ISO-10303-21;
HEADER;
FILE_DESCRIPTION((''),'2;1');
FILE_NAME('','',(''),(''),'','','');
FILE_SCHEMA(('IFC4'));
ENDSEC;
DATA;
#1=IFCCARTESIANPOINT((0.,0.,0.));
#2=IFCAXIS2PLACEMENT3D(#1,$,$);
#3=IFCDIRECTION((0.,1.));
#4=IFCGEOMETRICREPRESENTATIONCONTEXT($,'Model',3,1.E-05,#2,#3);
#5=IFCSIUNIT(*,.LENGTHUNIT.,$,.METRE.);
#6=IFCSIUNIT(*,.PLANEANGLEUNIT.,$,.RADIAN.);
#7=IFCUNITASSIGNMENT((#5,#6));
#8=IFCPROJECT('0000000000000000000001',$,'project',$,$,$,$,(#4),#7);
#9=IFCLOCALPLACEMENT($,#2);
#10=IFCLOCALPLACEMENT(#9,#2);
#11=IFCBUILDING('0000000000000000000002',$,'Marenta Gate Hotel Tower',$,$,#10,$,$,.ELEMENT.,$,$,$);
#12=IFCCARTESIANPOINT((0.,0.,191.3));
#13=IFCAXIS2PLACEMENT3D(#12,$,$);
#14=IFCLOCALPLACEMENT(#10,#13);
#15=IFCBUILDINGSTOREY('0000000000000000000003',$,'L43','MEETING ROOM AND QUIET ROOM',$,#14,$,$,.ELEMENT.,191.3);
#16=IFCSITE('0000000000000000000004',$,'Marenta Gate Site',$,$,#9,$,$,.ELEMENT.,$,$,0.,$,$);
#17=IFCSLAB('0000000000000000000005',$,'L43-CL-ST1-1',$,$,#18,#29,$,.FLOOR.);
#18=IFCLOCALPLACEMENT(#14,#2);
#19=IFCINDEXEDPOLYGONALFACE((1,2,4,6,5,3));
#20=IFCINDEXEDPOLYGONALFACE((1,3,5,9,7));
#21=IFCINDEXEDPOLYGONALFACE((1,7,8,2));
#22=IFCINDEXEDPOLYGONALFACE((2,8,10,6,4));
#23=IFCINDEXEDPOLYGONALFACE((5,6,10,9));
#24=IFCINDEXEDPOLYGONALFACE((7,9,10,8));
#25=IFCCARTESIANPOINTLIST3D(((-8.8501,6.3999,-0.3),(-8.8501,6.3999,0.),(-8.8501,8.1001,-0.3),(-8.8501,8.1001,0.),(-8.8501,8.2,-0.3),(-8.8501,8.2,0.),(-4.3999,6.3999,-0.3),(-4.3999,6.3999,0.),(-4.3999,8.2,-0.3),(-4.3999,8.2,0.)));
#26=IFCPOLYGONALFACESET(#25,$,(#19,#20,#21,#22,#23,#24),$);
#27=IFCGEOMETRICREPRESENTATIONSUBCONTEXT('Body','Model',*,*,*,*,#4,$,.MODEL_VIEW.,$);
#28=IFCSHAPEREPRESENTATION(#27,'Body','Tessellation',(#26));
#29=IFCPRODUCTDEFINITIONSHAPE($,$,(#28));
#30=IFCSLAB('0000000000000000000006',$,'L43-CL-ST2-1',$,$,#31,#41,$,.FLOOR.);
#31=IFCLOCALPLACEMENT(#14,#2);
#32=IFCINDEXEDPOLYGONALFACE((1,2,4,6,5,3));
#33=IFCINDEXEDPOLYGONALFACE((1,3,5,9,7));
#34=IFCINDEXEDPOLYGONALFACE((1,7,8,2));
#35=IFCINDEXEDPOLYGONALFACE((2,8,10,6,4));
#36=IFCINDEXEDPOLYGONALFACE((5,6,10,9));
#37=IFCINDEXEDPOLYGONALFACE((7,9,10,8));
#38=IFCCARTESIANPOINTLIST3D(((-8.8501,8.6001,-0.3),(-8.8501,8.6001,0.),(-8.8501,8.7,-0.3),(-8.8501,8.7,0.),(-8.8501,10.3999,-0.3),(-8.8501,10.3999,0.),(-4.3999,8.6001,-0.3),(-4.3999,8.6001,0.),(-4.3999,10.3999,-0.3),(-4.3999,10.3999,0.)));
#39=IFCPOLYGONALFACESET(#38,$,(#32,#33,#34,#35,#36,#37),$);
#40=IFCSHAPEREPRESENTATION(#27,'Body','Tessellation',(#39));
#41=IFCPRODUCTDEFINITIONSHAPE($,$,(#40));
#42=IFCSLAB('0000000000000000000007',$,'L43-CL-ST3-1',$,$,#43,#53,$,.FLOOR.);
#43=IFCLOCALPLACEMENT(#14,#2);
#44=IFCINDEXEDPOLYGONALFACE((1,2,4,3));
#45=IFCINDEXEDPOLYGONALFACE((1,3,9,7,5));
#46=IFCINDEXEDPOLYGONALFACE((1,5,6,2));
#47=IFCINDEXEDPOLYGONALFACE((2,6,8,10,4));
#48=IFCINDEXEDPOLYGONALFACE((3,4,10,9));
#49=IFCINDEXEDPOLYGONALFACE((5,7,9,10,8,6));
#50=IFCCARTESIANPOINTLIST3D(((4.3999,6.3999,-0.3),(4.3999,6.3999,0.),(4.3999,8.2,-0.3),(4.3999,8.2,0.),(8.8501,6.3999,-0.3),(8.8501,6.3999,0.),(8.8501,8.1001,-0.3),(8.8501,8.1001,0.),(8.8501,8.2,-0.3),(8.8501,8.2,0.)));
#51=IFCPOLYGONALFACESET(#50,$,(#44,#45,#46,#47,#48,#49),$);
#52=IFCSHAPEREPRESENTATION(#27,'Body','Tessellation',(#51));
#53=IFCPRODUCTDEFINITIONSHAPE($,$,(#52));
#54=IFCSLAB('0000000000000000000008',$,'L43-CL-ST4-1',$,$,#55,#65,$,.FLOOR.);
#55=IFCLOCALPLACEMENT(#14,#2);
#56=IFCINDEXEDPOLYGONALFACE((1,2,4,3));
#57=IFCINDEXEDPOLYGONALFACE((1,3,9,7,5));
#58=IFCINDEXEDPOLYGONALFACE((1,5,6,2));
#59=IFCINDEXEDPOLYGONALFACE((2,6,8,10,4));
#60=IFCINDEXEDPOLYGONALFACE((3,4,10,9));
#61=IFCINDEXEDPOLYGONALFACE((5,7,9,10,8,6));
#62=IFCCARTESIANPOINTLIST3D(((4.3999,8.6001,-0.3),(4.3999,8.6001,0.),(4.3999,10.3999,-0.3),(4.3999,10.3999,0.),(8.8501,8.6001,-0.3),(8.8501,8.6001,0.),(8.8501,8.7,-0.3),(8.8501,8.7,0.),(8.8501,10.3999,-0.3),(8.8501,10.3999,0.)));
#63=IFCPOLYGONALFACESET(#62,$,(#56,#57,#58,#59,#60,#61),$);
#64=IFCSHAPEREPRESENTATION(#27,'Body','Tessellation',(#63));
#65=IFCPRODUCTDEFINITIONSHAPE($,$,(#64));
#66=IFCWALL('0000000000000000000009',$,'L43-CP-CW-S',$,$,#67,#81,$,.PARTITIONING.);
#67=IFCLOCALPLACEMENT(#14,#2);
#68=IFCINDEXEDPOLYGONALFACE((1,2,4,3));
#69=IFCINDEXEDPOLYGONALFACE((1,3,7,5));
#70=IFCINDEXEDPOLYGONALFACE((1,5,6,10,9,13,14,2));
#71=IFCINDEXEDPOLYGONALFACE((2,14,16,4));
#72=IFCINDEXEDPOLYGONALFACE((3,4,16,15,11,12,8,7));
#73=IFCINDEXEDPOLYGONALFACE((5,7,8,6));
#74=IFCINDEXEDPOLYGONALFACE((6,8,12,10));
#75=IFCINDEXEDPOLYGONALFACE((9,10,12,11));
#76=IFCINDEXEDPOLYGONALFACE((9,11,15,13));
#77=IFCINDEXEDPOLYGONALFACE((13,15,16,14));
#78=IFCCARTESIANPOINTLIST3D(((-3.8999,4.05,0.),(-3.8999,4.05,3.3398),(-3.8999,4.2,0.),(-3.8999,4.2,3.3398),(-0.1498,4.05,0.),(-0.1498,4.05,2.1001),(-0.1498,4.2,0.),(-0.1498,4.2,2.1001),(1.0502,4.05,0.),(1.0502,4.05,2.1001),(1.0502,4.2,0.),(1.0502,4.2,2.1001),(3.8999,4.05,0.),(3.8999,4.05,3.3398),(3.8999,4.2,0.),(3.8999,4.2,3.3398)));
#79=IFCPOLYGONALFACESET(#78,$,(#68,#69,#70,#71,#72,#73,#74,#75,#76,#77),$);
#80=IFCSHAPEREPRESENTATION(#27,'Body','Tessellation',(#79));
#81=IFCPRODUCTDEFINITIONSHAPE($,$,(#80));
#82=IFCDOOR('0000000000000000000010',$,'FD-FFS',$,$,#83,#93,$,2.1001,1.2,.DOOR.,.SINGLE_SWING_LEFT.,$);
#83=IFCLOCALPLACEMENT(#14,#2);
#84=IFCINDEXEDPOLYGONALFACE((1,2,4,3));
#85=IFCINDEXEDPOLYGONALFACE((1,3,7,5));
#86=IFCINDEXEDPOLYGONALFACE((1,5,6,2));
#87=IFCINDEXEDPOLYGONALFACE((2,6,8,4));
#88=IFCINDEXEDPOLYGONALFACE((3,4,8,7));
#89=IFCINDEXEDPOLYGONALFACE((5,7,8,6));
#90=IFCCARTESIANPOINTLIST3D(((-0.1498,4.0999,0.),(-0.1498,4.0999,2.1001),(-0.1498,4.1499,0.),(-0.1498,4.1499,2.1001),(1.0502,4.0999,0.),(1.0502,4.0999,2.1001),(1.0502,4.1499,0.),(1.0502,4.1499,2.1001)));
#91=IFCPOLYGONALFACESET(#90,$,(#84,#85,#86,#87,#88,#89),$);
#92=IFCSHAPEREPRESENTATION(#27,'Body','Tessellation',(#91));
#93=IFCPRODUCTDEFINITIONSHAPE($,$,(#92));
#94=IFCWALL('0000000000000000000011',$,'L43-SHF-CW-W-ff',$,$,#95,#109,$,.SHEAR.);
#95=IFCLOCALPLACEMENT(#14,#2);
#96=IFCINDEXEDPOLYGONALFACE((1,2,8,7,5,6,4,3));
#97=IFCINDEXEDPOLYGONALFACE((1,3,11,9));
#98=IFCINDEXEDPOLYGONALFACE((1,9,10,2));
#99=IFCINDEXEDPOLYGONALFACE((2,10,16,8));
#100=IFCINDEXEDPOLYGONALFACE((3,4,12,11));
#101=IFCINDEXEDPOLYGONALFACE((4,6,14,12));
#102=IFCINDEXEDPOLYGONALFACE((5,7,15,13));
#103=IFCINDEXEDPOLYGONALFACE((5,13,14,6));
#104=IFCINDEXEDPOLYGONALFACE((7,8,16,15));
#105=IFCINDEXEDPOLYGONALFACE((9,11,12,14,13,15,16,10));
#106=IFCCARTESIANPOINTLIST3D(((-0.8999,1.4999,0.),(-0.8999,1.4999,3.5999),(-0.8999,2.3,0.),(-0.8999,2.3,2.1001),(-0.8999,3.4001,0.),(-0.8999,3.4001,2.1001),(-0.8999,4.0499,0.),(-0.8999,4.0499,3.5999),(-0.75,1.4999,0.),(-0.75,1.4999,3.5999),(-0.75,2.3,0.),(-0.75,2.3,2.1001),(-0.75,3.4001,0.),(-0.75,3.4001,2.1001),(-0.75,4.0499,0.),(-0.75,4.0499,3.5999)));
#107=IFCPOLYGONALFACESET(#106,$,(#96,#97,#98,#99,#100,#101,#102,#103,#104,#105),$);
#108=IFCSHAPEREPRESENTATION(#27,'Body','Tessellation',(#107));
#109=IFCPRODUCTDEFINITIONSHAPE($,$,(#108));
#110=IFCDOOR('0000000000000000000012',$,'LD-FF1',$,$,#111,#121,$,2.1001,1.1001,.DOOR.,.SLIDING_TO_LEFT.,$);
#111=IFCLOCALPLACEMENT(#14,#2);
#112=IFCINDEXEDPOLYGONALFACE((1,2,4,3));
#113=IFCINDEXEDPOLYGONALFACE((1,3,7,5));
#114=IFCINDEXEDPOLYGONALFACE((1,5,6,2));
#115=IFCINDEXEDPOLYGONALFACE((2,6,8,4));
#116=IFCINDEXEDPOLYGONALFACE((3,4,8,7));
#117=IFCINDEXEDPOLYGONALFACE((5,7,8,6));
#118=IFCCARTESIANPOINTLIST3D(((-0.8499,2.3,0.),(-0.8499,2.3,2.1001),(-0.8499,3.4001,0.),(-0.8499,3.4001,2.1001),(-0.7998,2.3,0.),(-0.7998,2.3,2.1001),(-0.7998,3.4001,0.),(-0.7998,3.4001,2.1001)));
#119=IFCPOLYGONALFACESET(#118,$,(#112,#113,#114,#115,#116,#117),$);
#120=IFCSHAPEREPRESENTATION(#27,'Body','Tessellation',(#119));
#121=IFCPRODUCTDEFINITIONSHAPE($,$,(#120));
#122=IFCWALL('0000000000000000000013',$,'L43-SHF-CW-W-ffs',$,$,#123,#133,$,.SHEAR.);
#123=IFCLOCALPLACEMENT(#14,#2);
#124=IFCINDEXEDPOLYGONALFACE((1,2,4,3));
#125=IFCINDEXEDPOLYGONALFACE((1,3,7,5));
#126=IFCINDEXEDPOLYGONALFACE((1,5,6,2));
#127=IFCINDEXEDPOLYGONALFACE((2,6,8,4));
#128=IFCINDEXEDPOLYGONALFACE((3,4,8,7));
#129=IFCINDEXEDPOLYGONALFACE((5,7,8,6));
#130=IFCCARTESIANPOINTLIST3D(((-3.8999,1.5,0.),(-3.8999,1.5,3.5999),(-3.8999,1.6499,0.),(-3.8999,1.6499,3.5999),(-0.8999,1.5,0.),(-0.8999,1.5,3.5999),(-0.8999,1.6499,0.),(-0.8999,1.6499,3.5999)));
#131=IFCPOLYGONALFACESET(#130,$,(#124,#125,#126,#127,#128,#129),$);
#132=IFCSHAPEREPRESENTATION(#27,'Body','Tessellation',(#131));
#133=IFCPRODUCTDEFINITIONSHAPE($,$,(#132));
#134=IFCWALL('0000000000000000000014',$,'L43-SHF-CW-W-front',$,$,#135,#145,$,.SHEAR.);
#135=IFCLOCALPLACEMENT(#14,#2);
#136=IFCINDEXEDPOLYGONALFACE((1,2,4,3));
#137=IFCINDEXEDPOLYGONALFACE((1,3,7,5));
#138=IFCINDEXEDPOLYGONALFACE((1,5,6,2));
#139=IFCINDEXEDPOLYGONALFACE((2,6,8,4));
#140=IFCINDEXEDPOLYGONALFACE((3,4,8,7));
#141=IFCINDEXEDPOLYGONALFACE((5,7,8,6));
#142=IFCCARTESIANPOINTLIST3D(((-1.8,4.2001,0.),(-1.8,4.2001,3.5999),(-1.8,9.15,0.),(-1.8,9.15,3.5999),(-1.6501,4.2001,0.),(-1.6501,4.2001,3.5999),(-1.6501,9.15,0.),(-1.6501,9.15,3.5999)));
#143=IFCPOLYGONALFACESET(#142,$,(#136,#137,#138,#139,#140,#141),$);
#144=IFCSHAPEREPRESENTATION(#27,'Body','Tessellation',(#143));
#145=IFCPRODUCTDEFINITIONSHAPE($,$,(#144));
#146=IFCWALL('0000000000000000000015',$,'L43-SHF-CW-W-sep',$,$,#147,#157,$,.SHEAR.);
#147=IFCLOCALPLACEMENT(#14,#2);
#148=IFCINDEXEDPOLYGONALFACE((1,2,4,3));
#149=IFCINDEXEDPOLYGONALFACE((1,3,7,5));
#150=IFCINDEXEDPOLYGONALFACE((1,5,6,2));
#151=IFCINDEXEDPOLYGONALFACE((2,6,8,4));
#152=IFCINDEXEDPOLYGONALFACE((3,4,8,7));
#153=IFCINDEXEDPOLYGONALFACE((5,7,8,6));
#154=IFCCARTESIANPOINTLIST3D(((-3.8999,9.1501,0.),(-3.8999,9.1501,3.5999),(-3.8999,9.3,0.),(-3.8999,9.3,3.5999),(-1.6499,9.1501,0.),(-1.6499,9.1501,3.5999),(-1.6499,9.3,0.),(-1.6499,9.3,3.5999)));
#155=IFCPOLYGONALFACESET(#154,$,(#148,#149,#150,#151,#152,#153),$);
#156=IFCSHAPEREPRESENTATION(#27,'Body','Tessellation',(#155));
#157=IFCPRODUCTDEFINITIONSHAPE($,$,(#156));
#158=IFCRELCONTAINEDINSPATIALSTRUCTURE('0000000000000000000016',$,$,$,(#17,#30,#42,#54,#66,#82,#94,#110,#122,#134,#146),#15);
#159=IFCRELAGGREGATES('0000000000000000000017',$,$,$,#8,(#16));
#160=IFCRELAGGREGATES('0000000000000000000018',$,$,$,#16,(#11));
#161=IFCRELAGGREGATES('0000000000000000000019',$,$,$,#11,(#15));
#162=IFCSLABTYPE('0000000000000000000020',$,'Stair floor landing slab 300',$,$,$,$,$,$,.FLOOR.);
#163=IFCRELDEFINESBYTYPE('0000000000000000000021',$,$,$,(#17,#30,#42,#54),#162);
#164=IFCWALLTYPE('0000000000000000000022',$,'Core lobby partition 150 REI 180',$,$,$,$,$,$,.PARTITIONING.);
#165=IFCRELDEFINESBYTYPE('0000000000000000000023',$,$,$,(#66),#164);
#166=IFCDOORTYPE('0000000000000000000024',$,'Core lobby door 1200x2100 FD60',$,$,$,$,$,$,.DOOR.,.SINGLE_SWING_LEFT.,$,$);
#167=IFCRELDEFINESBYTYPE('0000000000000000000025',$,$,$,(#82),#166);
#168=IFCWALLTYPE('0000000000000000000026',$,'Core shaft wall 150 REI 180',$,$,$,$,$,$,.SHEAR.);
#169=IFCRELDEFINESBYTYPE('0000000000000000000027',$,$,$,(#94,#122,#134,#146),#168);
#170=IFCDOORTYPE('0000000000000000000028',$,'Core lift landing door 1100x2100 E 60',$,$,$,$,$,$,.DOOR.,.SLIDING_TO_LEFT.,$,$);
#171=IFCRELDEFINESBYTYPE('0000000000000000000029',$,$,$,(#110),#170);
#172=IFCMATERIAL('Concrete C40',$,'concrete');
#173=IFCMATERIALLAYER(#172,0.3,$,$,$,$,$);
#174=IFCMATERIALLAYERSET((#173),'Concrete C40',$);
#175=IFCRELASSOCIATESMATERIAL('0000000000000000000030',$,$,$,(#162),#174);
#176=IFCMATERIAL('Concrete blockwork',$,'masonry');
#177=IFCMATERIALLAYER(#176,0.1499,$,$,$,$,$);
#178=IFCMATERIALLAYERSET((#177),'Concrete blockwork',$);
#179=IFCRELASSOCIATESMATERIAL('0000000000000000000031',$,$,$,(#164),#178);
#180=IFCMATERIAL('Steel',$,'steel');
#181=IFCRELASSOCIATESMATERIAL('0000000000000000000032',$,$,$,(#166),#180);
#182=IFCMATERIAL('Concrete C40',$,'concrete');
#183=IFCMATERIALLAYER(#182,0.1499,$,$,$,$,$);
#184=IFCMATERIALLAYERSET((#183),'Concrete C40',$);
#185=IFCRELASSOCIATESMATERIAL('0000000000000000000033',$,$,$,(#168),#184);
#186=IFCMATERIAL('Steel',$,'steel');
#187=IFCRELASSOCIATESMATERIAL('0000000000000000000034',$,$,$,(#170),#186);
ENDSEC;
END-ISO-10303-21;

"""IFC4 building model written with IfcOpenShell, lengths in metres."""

from ifc_helpers import new_model, si_unit, direction, frame, frame_2d, origin, place, context, subcontext, project, spatial, polyline, rectangle, outline, extrude, material, layer, layer_set, type_object, element, fill, save


model = new_model("IFC4")

# Units and contexts
model_context = context("Model", 3, precision=1e-05, world=origin(), true_north=direction((0.0, 1.0)))
body_context = subcontext(model_context, "Body", "Model", "MODEL_VIEW")
ifc_project = project(units=[si_unit("LENGTHUNIT", "METRE"), si_unit("PLANEANGLEUNIT", "RADIAN")], contexts=[model_context])

# Site, building, storey
site_placement = place(None, origin())
site = spatial("IfcSite", under=ifc_project, at=site_placement, Name="Marenta Gate Site", CompositionType="ELEMENT", RefElevation=0.0)
building_placement = place(site_placement, origin())
building = spatial("IfcBuilding", under=site, at=building_placement, Name="Marenta Gate Hotel Tower", CompositionType="ELEMENT")
storey_placement = place(building_placement, frame((0.0, 0.0, 191.3)))
storey = spatial("IfcBuildingStorey", under=building, at=storey_placement, Name="L43", Description="MEETING ROOM AND QUIET ROOM", CompositionType="ELEMENT", Elevation=191.3)

# Slabs
ifc_material_1 = material(Name="Concrete C40", Category="concrete")
ifc_layer_1 = layer(ifc_material_1, 0.3)
ifc_layer_set_1 = layer_set([ifc_layer_1], Name="Concrete C40")
slab_type_1 = type_object("IfcSlabType", Name="Stair floor landing slab 300", PredefinedType="FLOOR", material=ifc_layer_set_1)
slab_1_placement = place(storey_placement, frame((0.0, 0.0, -0.3)))
element("IfcSlab", 1, at=slab_1_placement, inside=storey, type_object=slab_type_1, Name="L43-CL-ST1-1", PredefinedType="FLOOR", context=body_context, shape_type="SweptSolid", body=[
    extrude(outline(polyline([(-4.3999, 6.3999), (-8.8501, 6.3999), (-8.8501, 8.1001), (-8.8501, 8.2), (-4.3999, 8.2), (-4.3999, 6.3999)])), origin(), (0.0, 0.0, 1.0), 0.3),
])
slab_2_placement = place(storey_placement, frame((0.0, 0.0, -0.3)))
element("IfcSlab", 2, at=slab_2_placement, inside=storey, type_object=slab_type_1, Name="L43-CL-ST2-1", PredefinedType="FLOOR", context=body_context, shape_type="SweptSolid", body=[
    extrude(outline(polyline([(-4.3999, 8.6001), (-8.8501, 8.6001), (-8.8501, 8.7), (-8.8501, 10.3999), (-4.3999, 10.3999), (-4.3999, 8.6001)])), origin(), (0.0, 0.0, 1.0), 0.3),
])
slab_3_placement = place(storey_placement, frame((0.0, 0.0, -0.3)))
element("IfcSlab", 3, at=slab_3_placement, inside=storey, type_object=slab_type_1, Name="L43-CL-ST3-1", PredefinedType="FLOOR", context=body_context, shape_type="SweptSolid", body=[
    extrude(outline(polyline([(4.3999, 6.3999), (4.3999, 8.2), (8.8501, 8.2), (8.8501, 8.1001), (8.8501, 6.3999), (4.3999, 6.3999)])), origin(), (0.0, 0.0, 1.0), 0.3),
])
slab_4_placement = place(storey_placement, frame((0.0, 0.0, -0.3)))
element("IfcSlab", 4, at=slab_4_placement, inside=storey, type_object=slab_type_1, Name="L43-CL-ST4-1", PredefinedType="FLOOR", context=body_context, shape_type="SweptSolid", body=[
    extrude(outline(polyline([(4.3999, 8.6001), (4.3999, 10.3999), (8.8501, 10.3999), (8.8501, 8.7), (8.8501, 8.6001), (4.3999, 8.6001)])), origin(), (0.0, 0.0, 1.0), 0.3),
])

# Walls, openings, doors
ifc_material_2 = material(Name="Concrete blockwork", Category="masonry")
ifc_layer_2 = layer(ifc_material_2, 0.1499)
ifc_layer_set_2 = layer_set([ifc_layer_2], Name="Concrete blockwork")
wall_type_1 = type_object("IfcWallType", Name="Core lobby partition 150 REI 180", PredefinedType="PARTITIONING", material=ifc_layer_set_2)
wall_1_placement = place(storey_placement, frame((-3.8999, 4.125, 0.0), z_axis=(0.0, 0.0, 1.0), x_axis=(1.0, 0.0, 0.0)))
wall_1 = element("IfcWall", 5, at=wall_1_placement, inside=storey, type_object=wall_type_1, Name="L43-CP-CW-S", PredefinedType="PARTITIONING", context=body_context, shape_type="SweptSolid", body=[
    extrude(rectangle(XDim=7.7998, YDim=0.1499, at=frame_2d((3.8999, 0.0))), origin(), (0.0, 0.0, 1.0), 3.3398),
])
opening_1_placement = place(wall_1_placement, frame((3.75, 0.0, 0.0)))
opening_1 = element("IfcOpeningElement", 6, at=opening_1_placement, cuts=wall_1, PredefinedType="OPENING", context=body_context, shape_type="SweptSolid", body=[
    extrude(rectangle(XDim=1.2, YDim=2.1001, at=frame_2d((0.6001, 1.05))), frame((0.0, 0.075, 0.0), z_axis=(0.0, -1.0, 0.0), x_axis=(1.0, 0.0, 0.0)), (0.0, 0.0, 1.0), 0.1499),
])
ifc_material_3 = material(Name="Steel", Category="steel")
door_type_1 = type_object("IfcDoorType", Name="Core lobby door 1200x2100 FD60", OperationType="SINGLE_SWING_LEFT", PredefinedType="DOOR", material=ifc_material_3)
door_1_placement = place(opening_1_placement, origin())
door_1 = element("IfcDoor", 7, at=door_1_placement, inside=storey, type_object=door_type_1, Name="FD-FFS", OperationType="SINGLE_SWING_LEFT", OverallHeight=2.1001, OverallWidth=1.2, PredefinedType="DOOR", context=body_context, shape_type="SweptSolid", body=[
    extrude(rectangle(XDim=1.2, YDim=2.1001, at=frame_2d((0.6001, 1.05))), frame((0.0, 0.0249, 0.0), z_axis=(0.0, -1.0, 0.0), x_axis=(1.0, 0.0, 0.0)), (0.0, 0.0, 1.0), 0.05),
])
fill(opening_1, door_1)
ifc_material_4 = material(Name="Concrete C40", Category="concrete")
ifc_layer_3 = layer(ifc_material_4, 0.1499)
ifc_layer_set_3 = layer_set([ifc_layer_3], Name="Concrete C40")
wall_type_2 = type_object("IfcWallType", Name="Core shaft wall 150 REI 180", PredefinedType="SHEAR", material=ifc_layer_set_3)
wall_2_placement = place(storey_placement, frame((-0.825, 1.5, 0.0), z_axis=(0.0, 0.0, 1.0), x_axis=(0.0, 1.0, 0.0)))
wall_2 = element("IfcWall", 8, at=wall_2_placement, inside=storey, type_object=wall_type_2, Name="L43-SHF-CW-W-ff", PredefinedType="SHEAR", context=body_context, shape_type="SweptSolid", body=[
    extrude(rectangle(XDim=2.55, YDim=0.1499, at=frame_2d((1.2749, 0.0))), origin(), (0.0, 0.0, 1.0), 3.5999),
])
opening_2_placement = place(wall_2_placement, frame((0.8, 0.0, 0.0)))
opening_2 = element("IfcOpeningElement", 9, at=opening_2_placement, cuts=wall_2, PredefinedType="OPENING", context=body_context, shape_type="SweptSolid", body=[
    extrude(rectangle(XDim=1.1001, YDim=2.1001, at=frame_2d((0.55, 1.05))), frame((0.0, 0.075, 0.0), z_axis=(0.0, -1.0, 0.0), x_axis=(1.0, 0.0, 0.0)), (0.0, 0.0, 1.0), 0.1499),
])
ifc_material_5 = material(Name="Steel", Category="steel")
door_type_2 = type_object("IfcDoorType", Name="Core lift landing door 1100x2100 E 60", OperationType="SLIDING_TO_LEFT", PredefinedType="DOOR", material=ifc_material_5)
door_2_placement = place(opening_2_placement, origin())
door_2 = element("IfcDoor", 10, at=door_2_placement, inside=storey, type_object=door_type_2, Name="LD-FF1", OperationType="SLIDING_TO_LEFT", OverallHeight=2.1001, OverallWidth=1.1001, PredefinedType="DOOR", context=body_context, shape_type="SweptSolid", body=[
    extrude(rectangle(XDim=1.1001, YDim=2.1001, at=frame_2d((0.55, 1.05))), frame((0.0, 0.0249, 0.0), z_axis=(0.0, -1.0, 0.0), x_axis=(1.0, 0.0, 0.0)), (0.0, 0.0, 1.0), 0.05),
])
fill(opening_2, door_2)

# Walls
wall_3_placement = place(storey_placement, frame((-3.8999, 1.575, 0.0), z_axis=(0.0, 0.0, 1.0), x_axis=(1.0, 0.0, 0.0)))
element("IfcWall", 11, at=wall_3_placement, inside=storey, type_object=wall_type_2, Name="L43-SHF-CW-W-ffs", PredefinedType="SHEAR", context=body_context, shape_type="SweptSolid", body=[
    extrude(rectangle(XDim=3.0, YDim=0.1499, at=frame_2d((1.5, 0.0))), origin(), (0.0, 0.0, 1.0), 3.5999),
])
wall_4_placement = place(storey_placement, frame((-1.7251, 4.2, 0.0), z_axis=(0.0, 0.0, 1.0), x_axis=(0.0, 1.0, 0.0)))
element("IfcWall", 12, at=wall_4_placement, inside=storey, type_object=wall_type_2, Name="L43-SHF-CW-W-front", PredefinedType="SHEAR", context=body_context, shape_type="SweptSolid", body=[
    extrude(rectangle(XDim=4.95, YDim=0.1499, at=frame_2d((2.4751, 0.0))), origin(), (0.0, 0.0, 1.0), 3.5999),
])
wall_5_placement = place(storey_placement, frame((-3.8999, 9.2251, 0.0), z_axis=(0.0, 0.0, 1.0), x_axis=(1.0, 0.0, 0.0)))
element("IfcWall", 13, at=wall_5_placement, inside=storey, type_object=wall_type_2, Name="L43-SHF-CW-W-sep", PredefinedType="SHEAR", context=body_context, shape_type="SweptSolid", body=[
    extrude(rectangle(XDim=2.25, YDim=0.1499, at=frame_2d((1.125, 0.0))), origin(), (0.0, 0.0, 1.0), 3.5999),
])

save(model, "model.ifc")
